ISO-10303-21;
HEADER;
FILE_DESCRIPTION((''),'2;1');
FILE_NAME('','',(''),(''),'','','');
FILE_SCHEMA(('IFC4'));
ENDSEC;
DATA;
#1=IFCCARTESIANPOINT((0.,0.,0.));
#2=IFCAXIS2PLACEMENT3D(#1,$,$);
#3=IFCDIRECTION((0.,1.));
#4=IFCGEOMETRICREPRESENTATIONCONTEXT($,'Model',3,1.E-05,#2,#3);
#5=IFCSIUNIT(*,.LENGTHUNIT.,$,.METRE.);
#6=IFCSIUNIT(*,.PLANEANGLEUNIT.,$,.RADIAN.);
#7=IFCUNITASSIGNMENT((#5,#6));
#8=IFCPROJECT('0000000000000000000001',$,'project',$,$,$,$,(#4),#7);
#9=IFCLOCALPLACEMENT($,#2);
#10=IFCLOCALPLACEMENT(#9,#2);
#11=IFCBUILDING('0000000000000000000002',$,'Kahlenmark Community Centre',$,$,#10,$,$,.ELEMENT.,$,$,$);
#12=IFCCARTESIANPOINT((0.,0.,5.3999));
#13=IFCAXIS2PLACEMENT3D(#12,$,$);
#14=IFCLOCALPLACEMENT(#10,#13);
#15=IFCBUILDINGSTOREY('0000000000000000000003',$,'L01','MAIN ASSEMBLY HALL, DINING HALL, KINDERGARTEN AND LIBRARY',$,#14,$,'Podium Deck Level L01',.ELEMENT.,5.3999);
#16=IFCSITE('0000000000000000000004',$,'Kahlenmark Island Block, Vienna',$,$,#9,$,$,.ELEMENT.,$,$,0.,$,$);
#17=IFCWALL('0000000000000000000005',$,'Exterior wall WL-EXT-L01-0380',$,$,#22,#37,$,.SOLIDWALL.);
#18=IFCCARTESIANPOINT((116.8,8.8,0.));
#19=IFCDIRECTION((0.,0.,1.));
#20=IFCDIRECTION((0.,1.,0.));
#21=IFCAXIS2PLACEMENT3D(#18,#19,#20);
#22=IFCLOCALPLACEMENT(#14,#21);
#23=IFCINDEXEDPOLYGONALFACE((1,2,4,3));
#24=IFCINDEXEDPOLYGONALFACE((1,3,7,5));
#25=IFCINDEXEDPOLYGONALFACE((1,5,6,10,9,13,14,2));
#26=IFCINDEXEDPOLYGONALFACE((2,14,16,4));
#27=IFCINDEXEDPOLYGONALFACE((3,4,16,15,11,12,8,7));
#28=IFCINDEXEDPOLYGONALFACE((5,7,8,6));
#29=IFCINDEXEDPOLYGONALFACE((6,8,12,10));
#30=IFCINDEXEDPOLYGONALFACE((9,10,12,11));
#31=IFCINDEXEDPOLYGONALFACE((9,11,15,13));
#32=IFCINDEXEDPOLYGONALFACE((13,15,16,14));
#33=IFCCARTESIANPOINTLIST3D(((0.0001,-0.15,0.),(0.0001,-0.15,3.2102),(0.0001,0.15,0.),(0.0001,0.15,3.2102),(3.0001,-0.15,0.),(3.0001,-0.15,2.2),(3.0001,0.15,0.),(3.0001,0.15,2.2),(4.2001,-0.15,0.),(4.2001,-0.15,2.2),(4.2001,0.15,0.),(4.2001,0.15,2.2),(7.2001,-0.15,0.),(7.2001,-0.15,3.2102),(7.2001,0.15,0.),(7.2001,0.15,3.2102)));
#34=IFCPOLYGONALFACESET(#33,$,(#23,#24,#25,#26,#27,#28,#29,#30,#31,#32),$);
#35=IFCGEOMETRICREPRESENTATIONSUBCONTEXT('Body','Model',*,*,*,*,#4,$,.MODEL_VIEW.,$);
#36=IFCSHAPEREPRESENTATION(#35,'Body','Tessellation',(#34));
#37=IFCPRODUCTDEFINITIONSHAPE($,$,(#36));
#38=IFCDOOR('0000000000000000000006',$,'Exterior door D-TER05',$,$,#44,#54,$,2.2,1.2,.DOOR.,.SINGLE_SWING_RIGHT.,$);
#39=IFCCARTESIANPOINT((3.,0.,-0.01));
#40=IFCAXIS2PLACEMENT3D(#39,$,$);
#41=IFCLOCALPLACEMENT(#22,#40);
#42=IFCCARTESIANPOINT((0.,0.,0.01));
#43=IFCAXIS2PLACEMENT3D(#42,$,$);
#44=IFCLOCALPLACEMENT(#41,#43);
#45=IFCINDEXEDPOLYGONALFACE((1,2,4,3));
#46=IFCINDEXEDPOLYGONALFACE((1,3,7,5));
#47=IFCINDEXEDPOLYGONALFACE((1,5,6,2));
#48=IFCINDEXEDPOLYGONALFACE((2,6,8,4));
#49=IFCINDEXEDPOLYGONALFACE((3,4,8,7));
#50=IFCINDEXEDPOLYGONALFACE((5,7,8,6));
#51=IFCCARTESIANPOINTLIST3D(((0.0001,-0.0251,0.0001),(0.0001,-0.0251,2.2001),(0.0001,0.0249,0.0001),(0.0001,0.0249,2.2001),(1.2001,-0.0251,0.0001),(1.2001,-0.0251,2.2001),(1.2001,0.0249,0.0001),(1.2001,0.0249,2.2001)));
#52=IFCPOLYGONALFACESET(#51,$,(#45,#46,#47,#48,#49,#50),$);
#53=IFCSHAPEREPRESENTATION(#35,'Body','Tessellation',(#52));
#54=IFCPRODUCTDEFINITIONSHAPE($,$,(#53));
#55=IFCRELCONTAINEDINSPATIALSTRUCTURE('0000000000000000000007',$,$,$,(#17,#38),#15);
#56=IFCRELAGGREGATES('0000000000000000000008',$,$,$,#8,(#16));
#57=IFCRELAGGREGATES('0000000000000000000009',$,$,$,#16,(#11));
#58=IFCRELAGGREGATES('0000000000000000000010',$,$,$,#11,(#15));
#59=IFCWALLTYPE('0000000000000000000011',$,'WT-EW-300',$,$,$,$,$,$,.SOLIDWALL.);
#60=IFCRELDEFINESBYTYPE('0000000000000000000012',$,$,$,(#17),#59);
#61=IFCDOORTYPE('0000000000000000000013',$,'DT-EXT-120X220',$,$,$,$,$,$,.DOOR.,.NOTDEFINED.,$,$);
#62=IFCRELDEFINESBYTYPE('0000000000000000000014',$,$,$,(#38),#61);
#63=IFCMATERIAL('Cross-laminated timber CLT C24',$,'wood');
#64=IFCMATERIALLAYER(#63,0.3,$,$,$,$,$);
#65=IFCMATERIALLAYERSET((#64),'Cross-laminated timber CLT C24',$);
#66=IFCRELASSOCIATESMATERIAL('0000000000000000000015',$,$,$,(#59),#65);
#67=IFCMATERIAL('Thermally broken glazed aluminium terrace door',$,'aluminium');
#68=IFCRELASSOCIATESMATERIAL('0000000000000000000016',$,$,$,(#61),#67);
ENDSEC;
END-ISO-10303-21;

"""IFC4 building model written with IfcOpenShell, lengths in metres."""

from ifc_helpers import new_model, si_unit, direction, frame, frame_2d, origin, place, context, subcontext, project, spatial, rectangle, extrude, material, layer, layer_set, type_object, element, fill, save


model = new_model("IFC4")

# Units and contexts
model_context = context("Model", 3, precision=1e-05, world=origin(), true_north=direction((0.0, 1.0)))
body_context = subcontext(model_context, "Body", "Model", "MODEL_VIEW")
ifc_project = project(units=[si_unit("LENGTHUNIT", "METRE"), si_unit("PLANEANGLEUNIT", "RADIAN")], contexts=[model_context])

# Site, building, storey
site_placement = place(None, origin())
site = spatial("IfcSite", under=ifc_project, at=site_placement, Name="Kahlenmark Island Block, Vienna", CompositionType="ELEMENT", RefElevation=0.0)
building_placement = place(site_placement, origin())
building = spatial("IfcBuilding", under=site, at=building_placement, Name="Kahlenmark Community Centre", CompositionType="ELEMENT")
storey_placement = place(building_placement, frame((0.0, 0.0, 5.3999)))
storey = spatial("IfcBuildingStorey", under=building, at=storey_placement, Name="L01", Description="MAIN ASSEMBLY HALL, DINING HALL, KINDERGARTEN AND LIBRARY", LongName="Podium Deck Level L01", CompositionType="ELEMENT", Elevation=5.3999)

# Wall, opening, door
ifc_material_1 = material(Name="Cross-laminated timber CLT C24", Category="wood")
ifc_layer_1 = layer(ifc_material_1, 0.3)
ifc_layer_set_1 = layer_set([ifc_layer_1], Name="Cross-laminated timber CLT C24")
wall_type = type_object("IfcWallType", Name="WT-EW-300", PredefinedType="SOLIDWALL", material=ifc_layer_set_1)
wall_placement = place(storey_placement, frame((116.8, 8.8, 0.0), z_axis=(0.0, 0.0, 1.0), x_axis=(0.0, 1.0, 0.0)))
wall = element("IfcWall", 1, at=wall_placement, inside=storey, type_object=wall_type, Name="Exterior wall WL-EXT-L01-0380", PredefinedType="SOLIDWALL", context=body_context, shape_type="SweptSolid", body=[
    extrude(rectangle(XDim=7.2, YDim=0.3, at=frame_2d((3.6001, 0.0))), origin(), (0.0, 0.0, 1.0), 3.2102),
])
opening_placement = place(wall_placement, frame((3.0, 0.0, -0.01)))
opening = element("IfcOpeningElement", 2, at=opening_placement, cuts=wall, PredefinedType="OPENING", context=body_context, shape_type="SweptSolid", body=[
    extrude(rectangle(XDim=1.2, YDim=2.21, at=frame_2d((0.6001, 1.105))), frame((0.0, 0.1599, 0.0), z_axis=(0.0, -1.0, 0.0), x_axis=(1.0, 0.0, 0.0)), (0.0, 0.0, 1.0), 0.3201),
])
ifc_material_2 = material(Name="Thermally broken glazed aluminium terrace door", Category="aluminium")
door_type = type_object("IfcDoorType", Name="DT-EXT-120X220", OperationType="NOTDEFINED", PredefinedType="DOOR", material=ifc_material_2)
door_placement = place(opening_placement, frame((0.0, 0.0, 0.01)))
door = element("IfcDoor", 3, at=door_placement, inside=storey, type_object=door_type, Name="Exterior door D-TER05", OperationType="SINGLE_SWING_RIGHT", OverallHeight=2.2, OverallWidth=1.2, PredefinedType="DOOR", context=body_context, shape_type="SweptSolid", body=[
    extrude(rectangle(XDim=1.2, YDim=2.2, at=frame_2d((0.6001, 1.1001))), frame((0.0, 0.0249, 0.0), z_axis=(0.0, -1.0, 0.0), x_axis=(1.0, 0.0, 0.0)), (0.0, 0.0, 1.0), 0.05),
])
fill(opening, door)

save(model, "model.ifc")
